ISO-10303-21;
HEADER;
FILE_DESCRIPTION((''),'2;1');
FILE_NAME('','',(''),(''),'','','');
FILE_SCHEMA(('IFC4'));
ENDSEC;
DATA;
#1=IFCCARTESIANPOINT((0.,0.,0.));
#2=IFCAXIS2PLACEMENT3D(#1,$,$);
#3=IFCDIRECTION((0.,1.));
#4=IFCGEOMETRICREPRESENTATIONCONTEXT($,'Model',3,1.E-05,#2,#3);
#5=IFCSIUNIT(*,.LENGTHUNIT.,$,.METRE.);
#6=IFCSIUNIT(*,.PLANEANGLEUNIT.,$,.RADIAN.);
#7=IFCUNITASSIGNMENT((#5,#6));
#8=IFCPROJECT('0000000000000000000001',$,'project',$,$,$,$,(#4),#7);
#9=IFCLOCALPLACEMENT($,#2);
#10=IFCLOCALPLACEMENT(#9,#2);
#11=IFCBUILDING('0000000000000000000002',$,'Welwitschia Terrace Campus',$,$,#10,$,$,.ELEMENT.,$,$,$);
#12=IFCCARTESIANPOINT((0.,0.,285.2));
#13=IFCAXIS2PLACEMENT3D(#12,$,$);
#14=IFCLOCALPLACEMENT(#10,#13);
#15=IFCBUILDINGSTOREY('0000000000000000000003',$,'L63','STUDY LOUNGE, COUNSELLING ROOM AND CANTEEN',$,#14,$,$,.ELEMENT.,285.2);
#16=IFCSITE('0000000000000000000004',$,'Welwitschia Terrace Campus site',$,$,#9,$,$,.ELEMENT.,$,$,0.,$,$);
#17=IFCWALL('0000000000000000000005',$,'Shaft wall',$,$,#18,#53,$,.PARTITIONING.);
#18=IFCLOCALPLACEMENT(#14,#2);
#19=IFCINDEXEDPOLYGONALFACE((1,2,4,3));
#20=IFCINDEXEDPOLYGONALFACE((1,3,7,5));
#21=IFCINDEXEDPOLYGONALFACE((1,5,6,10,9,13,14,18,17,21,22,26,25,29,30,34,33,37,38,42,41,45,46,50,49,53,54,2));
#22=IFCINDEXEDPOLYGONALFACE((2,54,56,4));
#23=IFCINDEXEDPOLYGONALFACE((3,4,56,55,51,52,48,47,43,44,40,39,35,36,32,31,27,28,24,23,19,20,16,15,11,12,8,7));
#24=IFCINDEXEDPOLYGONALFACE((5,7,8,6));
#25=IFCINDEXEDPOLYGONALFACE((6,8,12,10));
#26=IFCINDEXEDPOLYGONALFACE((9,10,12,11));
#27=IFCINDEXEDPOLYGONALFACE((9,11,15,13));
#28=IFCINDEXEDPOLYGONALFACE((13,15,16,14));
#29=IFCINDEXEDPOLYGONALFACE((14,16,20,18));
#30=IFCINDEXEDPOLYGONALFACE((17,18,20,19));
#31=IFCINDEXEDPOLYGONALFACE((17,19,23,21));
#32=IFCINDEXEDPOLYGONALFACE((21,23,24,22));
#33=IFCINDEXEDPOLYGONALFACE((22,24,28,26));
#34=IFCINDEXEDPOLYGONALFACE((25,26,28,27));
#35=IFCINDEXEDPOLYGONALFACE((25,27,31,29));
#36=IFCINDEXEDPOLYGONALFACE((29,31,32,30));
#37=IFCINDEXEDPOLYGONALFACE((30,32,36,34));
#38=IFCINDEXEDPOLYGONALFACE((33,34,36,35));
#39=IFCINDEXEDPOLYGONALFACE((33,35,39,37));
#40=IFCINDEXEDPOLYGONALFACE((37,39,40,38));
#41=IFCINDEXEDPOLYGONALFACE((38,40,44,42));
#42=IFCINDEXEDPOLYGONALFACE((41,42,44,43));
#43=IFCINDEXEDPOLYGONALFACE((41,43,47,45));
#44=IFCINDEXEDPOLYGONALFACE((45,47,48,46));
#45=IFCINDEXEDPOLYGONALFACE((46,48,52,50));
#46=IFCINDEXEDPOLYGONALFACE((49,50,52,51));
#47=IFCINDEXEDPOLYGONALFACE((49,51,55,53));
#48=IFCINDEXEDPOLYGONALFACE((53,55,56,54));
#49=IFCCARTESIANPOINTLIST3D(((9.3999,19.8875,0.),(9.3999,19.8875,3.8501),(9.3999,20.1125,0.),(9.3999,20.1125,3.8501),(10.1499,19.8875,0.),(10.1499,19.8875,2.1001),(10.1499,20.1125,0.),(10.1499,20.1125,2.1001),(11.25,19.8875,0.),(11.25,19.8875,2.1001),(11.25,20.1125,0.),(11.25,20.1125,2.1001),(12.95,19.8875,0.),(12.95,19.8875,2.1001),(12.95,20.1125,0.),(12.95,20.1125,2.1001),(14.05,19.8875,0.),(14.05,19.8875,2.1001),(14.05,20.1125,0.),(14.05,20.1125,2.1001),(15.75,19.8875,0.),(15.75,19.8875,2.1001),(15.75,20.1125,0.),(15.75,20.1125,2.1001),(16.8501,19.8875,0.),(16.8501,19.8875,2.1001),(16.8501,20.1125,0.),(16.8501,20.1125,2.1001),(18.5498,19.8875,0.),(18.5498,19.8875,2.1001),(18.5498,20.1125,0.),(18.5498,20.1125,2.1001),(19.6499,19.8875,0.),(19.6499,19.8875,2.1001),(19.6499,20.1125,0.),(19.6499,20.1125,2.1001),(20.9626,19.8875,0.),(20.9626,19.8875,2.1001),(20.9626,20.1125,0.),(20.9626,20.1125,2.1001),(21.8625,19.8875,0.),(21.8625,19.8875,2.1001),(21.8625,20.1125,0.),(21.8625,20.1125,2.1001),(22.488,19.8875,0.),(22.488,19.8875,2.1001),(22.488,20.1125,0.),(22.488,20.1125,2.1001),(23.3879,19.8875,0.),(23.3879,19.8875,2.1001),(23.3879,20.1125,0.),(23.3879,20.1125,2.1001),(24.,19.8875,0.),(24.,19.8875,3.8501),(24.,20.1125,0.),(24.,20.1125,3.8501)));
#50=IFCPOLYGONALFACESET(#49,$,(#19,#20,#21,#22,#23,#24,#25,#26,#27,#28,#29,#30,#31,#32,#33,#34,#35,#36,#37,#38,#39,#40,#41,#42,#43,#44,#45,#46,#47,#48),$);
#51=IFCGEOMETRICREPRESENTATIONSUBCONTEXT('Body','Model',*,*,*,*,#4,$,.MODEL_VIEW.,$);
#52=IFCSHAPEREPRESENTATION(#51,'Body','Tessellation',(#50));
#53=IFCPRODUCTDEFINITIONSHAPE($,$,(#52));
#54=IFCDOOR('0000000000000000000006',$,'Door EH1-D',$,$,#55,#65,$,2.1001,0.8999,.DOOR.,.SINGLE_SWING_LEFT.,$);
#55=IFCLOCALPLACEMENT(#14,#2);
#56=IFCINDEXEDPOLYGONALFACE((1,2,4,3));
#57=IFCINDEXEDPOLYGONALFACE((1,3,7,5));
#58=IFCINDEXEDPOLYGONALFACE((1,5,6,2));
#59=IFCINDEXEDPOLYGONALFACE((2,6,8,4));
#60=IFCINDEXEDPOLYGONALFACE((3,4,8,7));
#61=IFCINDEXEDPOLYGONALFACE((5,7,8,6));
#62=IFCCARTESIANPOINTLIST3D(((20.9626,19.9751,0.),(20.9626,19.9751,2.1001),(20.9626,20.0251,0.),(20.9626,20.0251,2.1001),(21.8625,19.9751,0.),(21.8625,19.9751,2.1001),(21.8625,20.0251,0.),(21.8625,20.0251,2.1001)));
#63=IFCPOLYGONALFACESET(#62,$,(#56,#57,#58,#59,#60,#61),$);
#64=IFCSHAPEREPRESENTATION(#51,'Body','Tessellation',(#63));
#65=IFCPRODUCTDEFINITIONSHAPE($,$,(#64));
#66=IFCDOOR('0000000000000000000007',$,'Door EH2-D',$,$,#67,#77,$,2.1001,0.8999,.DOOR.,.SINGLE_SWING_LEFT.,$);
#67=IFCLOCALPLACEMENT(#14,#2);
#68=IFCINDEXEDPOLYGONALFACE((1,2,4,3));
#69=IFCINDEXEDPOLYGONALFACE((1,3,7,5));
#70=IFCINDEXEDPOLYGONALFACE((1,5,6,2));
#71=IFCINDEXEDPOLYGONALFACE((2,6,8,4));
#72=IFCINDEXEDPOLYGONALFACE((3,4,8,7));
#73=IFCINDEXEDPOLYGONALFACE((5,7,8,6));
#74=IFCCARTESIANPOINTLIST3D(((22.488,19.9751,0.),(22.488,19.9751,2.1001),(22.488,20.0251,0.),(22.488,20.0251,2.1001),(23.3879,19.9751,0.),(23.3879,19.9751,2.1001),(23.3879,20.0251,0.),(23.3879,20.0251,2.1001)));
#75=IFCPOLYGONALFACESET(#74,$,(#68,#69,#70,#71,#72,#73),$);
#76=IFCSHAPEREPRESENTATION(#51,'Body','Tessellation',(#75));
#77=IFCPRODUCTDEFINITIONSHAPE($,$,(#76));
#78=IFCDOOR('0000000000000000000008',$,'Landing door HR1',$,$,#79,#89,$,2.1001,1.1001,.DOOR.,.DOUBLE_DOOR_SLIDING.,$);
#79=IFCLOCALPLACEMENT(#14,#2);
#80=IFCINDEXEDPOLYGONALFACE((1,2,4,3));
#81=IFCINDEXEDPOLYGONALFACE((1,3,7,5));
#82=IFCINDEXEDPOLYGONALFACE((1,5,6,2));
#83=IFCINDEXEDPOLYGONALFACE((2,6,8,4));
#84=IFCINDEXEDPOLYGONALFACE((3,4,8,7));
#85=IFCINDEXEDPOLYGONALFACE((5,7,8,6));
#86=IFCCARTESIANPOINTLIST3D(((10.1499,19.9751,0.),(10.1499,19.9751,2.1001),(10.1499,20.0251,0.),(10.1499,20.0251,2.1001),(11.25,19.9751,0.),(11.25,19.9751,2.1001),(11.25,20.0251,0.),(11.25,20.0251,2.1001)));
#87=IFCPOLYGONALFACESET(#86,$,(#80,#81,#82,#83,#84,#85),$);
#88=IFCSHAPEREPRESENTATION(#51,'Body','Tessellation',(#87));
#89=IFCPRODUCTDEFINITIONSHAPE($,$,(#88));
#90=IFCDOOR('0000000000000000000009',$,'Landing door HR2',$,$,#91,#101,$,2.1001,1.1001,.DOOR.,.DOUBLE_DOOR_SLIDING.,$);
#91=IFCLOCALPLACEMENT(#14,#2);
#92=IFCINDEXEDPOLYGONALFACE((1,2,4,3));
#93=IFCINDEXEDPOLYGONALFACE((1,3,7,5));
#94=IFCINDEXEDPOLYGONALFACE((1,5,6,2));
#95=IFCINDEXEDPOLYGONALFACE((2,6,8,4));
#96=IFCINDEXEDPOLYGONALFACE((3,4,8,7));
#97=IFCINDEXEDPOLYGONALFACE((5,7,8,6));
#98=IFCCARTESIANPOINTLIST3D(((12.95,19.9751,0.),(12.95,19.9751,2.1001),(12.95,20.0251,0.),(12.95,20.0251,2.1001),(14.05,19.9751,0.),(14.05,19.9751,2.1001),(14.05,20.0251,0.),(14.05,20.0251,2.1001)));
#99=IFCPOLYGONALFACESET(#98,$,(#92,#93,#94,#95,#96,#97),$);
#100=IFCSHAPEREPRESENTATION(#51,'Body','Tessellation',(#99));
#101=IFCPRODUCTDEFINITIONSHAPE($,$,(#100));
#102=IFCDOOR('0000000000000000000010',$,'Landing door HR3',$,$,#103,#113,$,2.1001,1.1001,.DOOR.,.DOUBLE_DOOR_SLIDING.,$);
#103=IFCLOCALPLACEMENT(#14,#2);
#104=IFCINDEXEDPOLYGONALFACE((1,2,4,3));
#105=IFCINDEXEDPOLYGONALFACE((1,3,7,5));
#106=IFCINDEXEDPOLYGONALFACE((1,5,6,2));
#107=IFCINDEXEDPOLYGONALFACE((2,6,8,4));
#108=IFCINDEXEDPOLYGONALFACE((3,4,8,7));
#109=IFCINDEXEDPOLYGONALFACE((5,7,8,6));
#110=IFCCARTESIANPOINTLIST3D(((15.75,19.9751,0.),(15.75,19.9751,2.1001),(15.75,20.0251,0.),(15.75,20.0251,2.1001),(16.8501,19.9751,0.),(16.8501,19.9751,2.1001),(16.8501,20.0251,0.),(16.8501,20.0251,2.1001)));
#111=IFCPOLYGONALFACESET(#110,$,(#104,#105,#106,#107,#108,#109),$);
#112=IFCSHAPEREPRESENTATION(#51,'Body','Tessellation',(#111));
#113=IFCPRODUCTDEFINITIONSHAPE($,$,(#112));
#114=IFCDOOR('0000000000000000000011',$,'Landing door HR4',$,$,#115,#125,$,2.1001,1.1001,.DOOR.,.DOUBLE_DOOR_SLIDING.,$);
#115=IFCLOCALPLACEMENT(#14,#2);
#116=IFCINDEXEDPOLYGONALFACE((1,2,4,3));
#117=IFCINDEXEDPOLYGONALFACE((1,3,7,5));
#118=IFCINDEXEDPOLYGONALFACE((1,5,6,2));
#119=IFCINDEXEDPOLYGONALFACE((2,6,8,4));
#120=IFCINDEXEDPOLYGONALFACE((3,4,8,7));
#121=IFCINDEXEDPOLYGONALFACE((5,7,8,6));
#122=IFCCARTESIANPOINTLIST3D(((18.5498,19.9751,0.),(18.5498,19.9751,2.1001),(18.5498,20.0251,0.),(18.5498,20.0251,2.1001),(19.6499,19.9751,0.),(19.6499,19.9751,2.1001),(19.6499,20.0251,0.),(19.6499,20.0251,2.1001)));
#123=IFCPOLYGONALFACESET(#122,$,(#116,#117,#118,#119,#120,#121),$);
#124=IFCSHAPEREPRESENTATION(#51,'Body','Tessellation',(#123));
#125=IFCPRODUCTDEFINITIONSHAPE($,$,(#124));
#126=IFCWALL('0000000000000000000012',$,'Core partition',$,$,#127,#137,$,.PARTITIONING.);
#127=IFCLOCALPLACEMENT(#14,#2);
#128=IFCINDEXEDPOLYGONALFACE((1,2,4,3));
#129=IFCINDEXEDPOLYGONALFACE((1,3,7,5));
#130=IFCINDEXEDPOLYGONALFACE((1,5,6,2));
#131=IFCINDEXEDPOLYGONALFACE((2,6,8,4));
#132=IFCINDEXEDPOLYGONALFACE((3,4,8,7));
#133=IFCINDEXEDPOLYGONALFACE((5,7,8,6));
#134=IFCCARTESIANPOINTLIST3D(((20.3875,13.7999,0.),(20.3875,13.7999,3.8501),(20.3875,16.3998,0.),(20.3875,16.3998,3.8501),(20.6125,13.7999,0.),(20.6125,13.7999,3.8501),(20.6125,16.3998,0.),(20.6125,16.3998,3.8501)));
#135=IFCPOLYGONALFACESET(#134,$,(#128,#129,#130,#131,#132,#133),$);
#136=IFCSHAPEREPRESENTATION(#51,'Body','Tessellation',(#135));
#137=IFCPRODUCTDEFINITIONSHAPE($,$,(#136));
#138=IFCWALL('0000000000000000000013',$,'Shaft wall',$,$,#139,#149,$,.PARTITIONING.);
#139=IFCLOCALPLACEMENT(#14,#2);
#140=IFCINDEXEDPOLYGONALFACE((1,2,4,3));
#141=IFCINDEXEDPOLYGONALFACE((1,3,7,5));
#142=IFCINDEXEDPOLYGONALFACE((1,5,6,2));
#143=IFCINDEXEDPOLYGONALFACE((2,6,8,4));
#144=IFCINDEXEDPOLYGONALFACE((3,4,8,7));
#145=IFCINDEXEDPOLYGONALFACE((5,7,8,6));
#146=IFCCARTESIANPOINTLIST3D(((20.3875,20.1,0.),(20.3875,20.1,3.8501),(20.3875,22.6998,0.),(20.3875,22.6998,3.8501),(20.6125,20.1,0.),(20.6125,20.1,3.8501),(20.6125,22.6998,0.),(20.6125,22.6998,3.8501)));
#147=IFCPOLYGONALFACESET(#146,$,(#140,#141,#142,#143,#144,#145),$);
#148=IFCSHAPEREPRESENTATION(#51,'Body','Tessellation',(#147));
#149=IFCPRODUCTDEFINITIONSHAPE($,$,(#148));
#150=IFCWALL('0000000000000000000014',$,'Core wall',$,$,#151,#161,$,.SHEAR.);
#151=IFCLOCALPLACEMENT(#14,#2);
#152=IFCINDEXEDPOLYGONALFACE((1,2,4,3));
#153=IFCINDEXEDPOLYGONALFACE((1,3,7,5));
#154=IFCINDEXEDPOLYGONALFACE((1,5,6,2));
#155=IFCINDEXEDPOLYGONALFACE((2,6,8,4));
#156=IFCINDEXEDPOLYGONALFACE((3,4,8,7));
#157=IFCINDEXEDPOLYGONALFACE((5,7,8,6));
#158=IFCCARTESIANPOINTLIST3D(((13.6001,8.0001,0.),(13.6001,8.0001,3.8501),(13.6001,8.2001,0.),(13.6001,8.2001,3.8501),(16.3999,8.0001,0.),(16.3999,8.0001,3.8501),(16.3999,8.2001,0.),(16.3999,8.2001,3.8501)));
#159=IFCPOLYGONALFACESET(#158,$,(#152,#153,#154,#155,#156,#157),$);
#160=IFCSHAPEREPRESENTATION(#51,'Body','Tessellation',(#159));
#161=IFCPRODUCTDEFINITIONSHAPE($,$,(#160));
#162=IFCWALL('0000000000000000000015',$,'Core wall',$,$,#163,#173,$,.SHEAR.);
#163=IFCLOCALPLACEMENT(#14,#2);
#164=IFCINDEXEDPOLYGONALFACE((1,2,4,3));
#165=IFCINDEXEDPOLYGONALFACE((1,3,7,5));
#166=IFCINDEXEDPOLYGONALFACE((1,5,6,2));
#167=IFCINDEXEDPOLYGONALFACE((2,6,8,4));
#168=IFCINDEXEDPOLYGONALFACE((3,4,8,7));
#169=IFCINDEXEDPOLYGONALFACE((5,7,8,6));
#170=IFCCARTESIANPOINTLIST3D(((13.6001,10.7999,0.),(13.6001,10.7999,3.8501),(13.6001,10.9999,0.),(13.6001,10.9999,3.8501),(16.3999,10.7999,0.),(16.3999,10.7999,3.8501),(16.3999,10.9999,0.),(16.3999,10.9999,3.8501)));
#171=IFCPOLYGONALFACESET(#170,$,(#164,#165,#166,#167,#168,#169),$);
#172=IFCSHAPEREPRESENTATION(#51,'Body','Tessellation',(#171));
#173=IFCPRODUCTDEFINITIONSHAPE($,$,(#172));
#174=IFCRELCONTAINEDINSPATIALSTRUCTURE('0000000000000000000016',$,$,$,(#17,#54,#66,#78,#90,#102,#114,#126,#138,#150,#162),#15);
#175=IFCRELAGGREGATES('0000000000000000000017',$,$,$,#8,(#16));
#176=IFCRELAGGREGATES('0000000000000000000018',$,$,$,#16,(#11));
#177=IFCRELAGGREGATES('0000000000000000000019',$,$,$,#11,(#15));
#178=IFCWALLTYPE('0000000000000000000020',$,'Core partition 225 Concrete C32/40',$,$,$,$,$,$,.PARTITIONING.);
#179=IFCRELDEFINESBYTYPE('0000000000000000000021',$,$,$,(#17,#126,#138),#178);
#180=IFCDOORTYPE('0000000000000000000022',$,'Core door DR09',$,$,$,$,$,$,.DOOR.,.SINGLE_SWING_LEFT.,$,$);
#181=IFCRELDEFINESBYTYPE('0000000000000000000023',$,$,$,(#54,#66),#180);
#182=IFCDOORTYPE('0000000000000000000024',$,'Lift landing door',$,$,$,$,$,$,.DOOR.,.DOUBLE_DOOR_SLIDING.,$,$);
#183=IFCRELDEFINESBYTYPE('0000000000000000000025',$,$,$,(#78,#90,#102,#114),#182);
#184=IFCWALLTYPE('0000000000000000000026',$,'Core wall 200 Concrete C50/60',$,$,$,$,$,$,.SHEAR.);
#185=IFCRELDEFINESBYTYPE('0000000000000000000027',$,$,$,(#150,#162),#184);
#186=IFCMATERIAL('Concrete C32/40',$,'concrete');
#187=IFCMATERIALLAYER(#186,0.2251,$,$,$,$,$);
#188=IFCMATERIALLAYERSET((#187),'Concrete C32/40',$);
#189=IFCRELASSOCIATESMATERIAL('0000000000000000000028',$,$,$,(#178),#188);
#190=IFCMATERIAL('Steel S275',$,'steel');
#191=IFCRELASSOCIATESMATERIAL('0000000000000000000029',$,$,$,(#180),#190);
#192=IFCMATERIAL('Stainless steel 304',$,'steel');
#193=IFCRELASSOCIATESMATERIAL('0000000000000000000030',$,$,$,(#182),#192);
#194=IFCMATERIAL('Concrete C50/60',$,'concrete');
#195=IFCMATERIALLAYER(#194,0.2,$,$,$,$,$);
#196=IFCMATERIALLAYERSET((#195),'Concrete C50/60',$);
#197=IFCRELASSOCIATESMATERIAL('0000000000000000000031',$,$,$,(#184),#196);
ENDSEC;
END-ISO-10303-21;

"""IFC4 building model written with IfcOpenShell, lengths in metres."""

from ifc_helpers import new_model, si_unit, direction, frame, frame_2d, origin, place, context, subcontext, project, spatial, rectangle, extrude, material, layer, layer_set, type_object, element, fill, save


model = new_model("IFC4")

# Units and contexts
model_context = context("Model", 3, precision=1e-05, world=origin(), true_north=direction((0.0, 1.0)))
body_context = subcontext(model_context, "Body", "Model", "MODEL_VIEW")
ifc_project = project(units=[si_unit("LENGTHUNIT", "METRE"), si_unit("PLANEANGLEUNIT", "RADIAN")], contexts=[model_context])

# Site, building, storey
site_placement = place(None, origin())
site = spatial("IfcSite", under=ifc_project, at=site_placement, Name="Welwitschia Terrace Campus site", CompositionType="ELEMENT", RefElevation=0.0)
building_placement = place(site_placement, origin())
building = spatial("IfcBuilding", under=site, at=building_placement, Name="Welwitschia Terrace Campus", CompositionType="ELEMENT")
storey_placement = place(building_placement, frame((0.0, 0.0, 285.2)))
storey = spatial("IfcBuildingStorey", under=building, at=storey_placement, Name="L63", Description="STUDY LOUNGE, COUNSELLING ROOM AND CANTEEN", CompositionType="ELEMENT", Elevation=285.2)

# Shared definitions
ifc_material_1 = material(Name="Concrete C32/40", Category="concrete")
ifc_layer_1 = layer(ifc_material_1, 0.2251)
ifc_layer_set_1 = layer_set([ifc_layer_1], Name="Concrete C32/40")
wall_type_1 = type_object("IfcWallType", Name="Core partition 225 Concrete C32/40", PredefinedType="PARTITIONING", material=ifc_layer_set_1)

# Wall, openings, doors
wall_1_placement = place(storey_placement, frame((24.0, 20.0, 0.0), z_axis=(0.0, 0.0, 1.0), x_axis=(-1.0, 0.0, 0.0)))
wall_1 = element("IfcWall", 1, at=wall_1_placement, inside=storey, type_object=wall_type_1, Name="Shaft wall", PredefinedType="PARTITIONING", context=body_context, shape_type="SweptSolid", body=[
    extrude(rectangle(XDim=14.6001, YDim=0.2251, at=frame_2d((7.3, 0.0))), origin(), (0.0, 0.0, 1.0), 3.8501),
])
opening_1_placement = place(wall_1_placement, frame((12.75, 0.0, 0.0)))
opening_1 = element("IfcOpeningElement", 2, at=opening_1_placement, cuts=wall_1, PredefinedType="OPENING", context=body_context, shape_type="SweptSolid", body=[
    extrude(rectangle(XDim=1.1001, YDim=2.1001, at=frame_2d((0.55, 1.05))), frame((0.0, 0.1226, 0.0), z_axis=(0.0, -1.0, 0.0), x_axis=(1.0, 0.0, 0.0)), (0.0, 0.0, 1.0), 0.2451),
])
opening_2_placement = place(wall_1_placement, frame((9.95, 0.0, 0.0)))
opening_2 = element("IfcOpeningElement", 3, at=opening_2_placement, cuts=wall_1, PredefinedType="OPENING", context=body_context, shape_type="SweptSolid", body=[
    extrude(rectangle(XDim=1.1001, YDim=2.1001, at=frame_2d((0.55, 1.05))), frame((0.0, 0.1226, 0.0), z_axis=(0.0, -1.0, 0.0), x_axis=(1.0, 0.0, 0.0)), (0.0, 0.0, 1.0), 0.2451),
])
opening_3_placement = place(wall_1_placement, frame((7.1499, 0.0, 0.0)))
opening_3 = element("IfcOpeningElement", 4, at=opening_3_placement, cuts=wall_1, PredefinedType="OPENING", context=body_context, shape_type="SweptSolid", body=[
    extrude(rectangle(XDim=1.1001, YDim=2.1001, at=frame_2d((0.55, 1.05))), frame((0.0, 0.1226, 0.0), z_axis=(0.0, -1.0, 0.0), x_axis=(1.0, 0.0, 0.0)), (0.0, 0.0, 1.0), 0.2451),
])
opening_4_placement = place(wall_1_placement, frame((4.3501, 0.0, 0.0)))
opening_4 = element("IfcOpeningElement", 5, at=opening_4_placement, cuts=wall_1, PredefinedType="OPENING", context=body_context, shape_type="SweptSolid", body=[
    extrude(rectangle(XDim=1.1001, YDim=2.1001, at=frame_2d((0.55, 1.05))), frame((0.0, 0.1226, 0.0), z_axis=(0.0, -1.0, 0.0), x_axis=(1.0, 0.0, 0.0)), (0.0, 0.0, 1.0), 0.2451),
])
opening_5_placement = place(wall_1_placement, frame((2.1375, 0.0, 0.0)))
opening_5 = element("IfcOpeningElement", 6, at=opening_5_placement, cuts=wall_1, PredefinedType="OPENING", context=body_context, shape_type="SweptSolid", body=[
    extrude(rectangle(XDim=0.8999, YDim=2.1001, at=frame_2d((0.45, 1.05))), frame((0.0, 0.1226, 0.0), z_axis=(0.0, -1.0, 0.0), x_axis=(1.0, 0.0, 0.0)), (0.0, 0.0, 1.0), 0.2451),
])
opening_6_placement = place(wall_1_placement, frame((0.6121, 0.0, 0.0)))
opening_6 = element("IfcOpeningElement", 7, at=opening_6_placement, cuts=wall_1, PredefinedType="OPENING", context=body_context, shape_type="SweptSolid", body=[
    extrude(rectangle(XDim=0.8999, YDim=2.1001, at=frame_2d((0.45, 1.05))), frame((0.0, 0.1226, 0.0), z_axis=(0.0, -1.0, 0.0), x_axis=(1.0, 0.0, 0.0)), (0.0, 0.0, 1.0), 0.2451),
])
ifc_material_2 = material(Name="Steel S275", Category="steel")
door_type_1 = type_object("IfcDoorType", Name="Core door DR09", OperationType="SINGLE_SWING_LEFT", PredefinedType="DOOR", material=ifc_material_2)
door_1_placement = place(opening_5_placement, origin())
door_1 = element("IfcDoor", 8, at=door_1_placement, inside=storey, type_object=door_type_1, Name="Door EH1-D", OperationType="SINGLE_SWING_LEFT", OverallHeight=2.1001, OverallWidth=0.8999, PredefinedType="DOOR", context=body_context, shape_type="SweptSolid", body=[
    extrude(rectangle(XDim=0.8999, YDim=2.1001, at=frame_2d((0.45, 1.05))), frame((0.0, 0.0249, 0.0), z_axis=(0.0, -1.0, 0.0), x_axis=(1.0, 0.0, 0.0)), (0.0, 0.0, 1.0), 0.05),
])
fill(opening_5, door_1)
door_2_placement = place(opening_6_placement, origin())
door_2 = element("IfcDoor", 9, at=door_2_placement, inside=storey, type_object=door_type_1, Name="Door EH2-D", OperationType="SINGLE_SWING_LEFT", OverallHeight=2.1001, OverallWidth=0.8999, PredefinedType="DOOR", context=body_context, shape_type="SweptSolid", body=[
    extrude(rectangle(XDim=0.8999, YDim=2.1001, at=frame_2d((0.45, 1.05))), frame((0.0, 0.0249, 0.0), z_axis=(0.0, -1.0, 0.0), x_axis=(1.0, 0.0, 0.0)), (0.0, 0.0, 1.0), 0.05),
])
fill(opening_6, door_2)
ifc_material_3 = material(Name="Stainless steel 304", Category="steel")
door_type_2 = type_object("IfcDoorType", Name="Lift landing door", OperationType="DOUBLE_DOOR_SLIDING", PredefinedType="DOOR", material=ifc_material_3)
door_3_placement = place(opening_1_placement, origin())
door_3 = element("IfcDoor", 10, at=door_3_placement, inside=storey, type_object=door_type_2, Name="Landing door HR1", OperationType="DOUBLE_DOOR_SLIDING", OverallHeight=2.1001, OverallWidth=1.1001, PredefinedType="DOOR", context=body_context, shape_type="SweptSolid", body=[
    extrude(rectangle(XDim=1.1001, YDim=2.1001, at=frame_2d((0.55, 1.05))), frame((0.0, 0.0249, 0.0), z_axis=(0.0, -1.0, 0.0), x_axis=(1.0, 0.0, 0.0)), (0.0, 0.0, 1.0), 0.05),
])
fill(opening_1, door_3)
door_4_placement = place(opening_2_placement, origin())
door_4 = element("IfcDoor", 11, at=door_4_placement, inside=storey, type_object=door_type_2, Name="Landing door HR2", OperationType="DOUBLE_DOOR_SLIDING", OverallHeight=2.1001, OverallWidth=1.1001, PredefinedType="DOOR", context=body_context, shape_type="SweptSolid", body=[
    extrude(rectangle(XDim=1.1001, YDim=2.1001, at=frame_2d((0.55, 1.05))), frame((0.0, 0.0249, 0.0), z_axis=(0.0, -1.0, 0.0), x_axis=(1.0, 0.0, 0.0)), (0.0, 0.0, 1.0), 0.05),
])
fill(opening_2, door_4)
door_5_placement = place(opening_3_placement, origin())
door_5 = element("IfcDoor", 12, at=door_5_placement, inside=storey, type_object=door_type_2, Name="Landing door HR3", OperationType="DOUBLE_DOOR_SLIDING", OverallHeight=2.1001, OverallWidth=1.1001, PredefinedType="DOOR", context=body_context, shape_type="SweptSolid", body=[
    extrude(rectangle(XDim=1.1001, YDim=2.1001, at=frame_2d((0.55, 1.05))), frame((0.0, 0.0249, 0.0), z_axis=(0.0, -1.0, 0.0), x_axis=(1.0, 0.0, 0.0)), (0.0, 0.0, 1.0), 0.05),
])
fill(opening_3, door_5)
door_6_placement = place(opening_4_placement, origin())
door_6 = element("IfcDoor", 13, at=door_6_placement, inside=storey, type_object=door_type_2, Name="Landing door HR4", OperationType="DOUBLE_DOOR_SLIDING", OverallHeight=2.1001, OverallWidth=1.1001, PredefinedType="DOOR", context=body_context, shape_type="SweptSolid", body=[
    extrude(rectangle(XDim=1.1001, YDim=2.1001, at=frame_2d((0.55, 1.05))), frame((0.0, 0.0249, 0.0), z_axis=(0.0, -1.0, 0.0), x_axis=(1.0, 0.0, 0.0)), (0.0, 0.0, 1.0), 0.05),
])
fill(opening_4, door_6)

# Walls
for number, where, z_axis, x_axis, name in (
    (14, (20.5, 13.8, 0.0), (0.0, 0.0, 1.0), (0.0, 1.0, 0.0), "Core partition"),
    (15, (20.5, 20.1001, 0.0), (0.0, 0.0, 1.0), (0.0, 1.0, 0.0), "Shaft wall"),
):
    element("IfcWall", number, at=place(storey_placement, frame(where, z_axis=z_axis, x_axis=x_axis)), inside=storey, type_object=wall_type_1, Name=name, PredefinedType="PARTITIONING", context=body_context, shape_type="SweptSolid", body=[
        extrude(rectangle(XDim=2.5999, YDim=0.2251, at=frame_2d((1.2998, 0.0))), origin(), (0.0, 0.0, 1.0), 3.8501),
    ])
ifc_material_4 = material(Name="Concrete C50/60", Category="concrete")
ifc_layer_2 = layer(ifc_material_4, 0.2)
ifc_layer_set_2 = layer_set([ifc_layer_2], Name="Concrete C50/60")
wall_type_2 = type_object("IfcWallType", Name="Core wall 200 Concrete C50/60", PredefinedType="SHEAR", material=ifc_layer_set_2)
for number, where, z_axis, x_axis, name in (
    (16, (13.6001, 8.1001, 0.0), (0.0, 0.0, 1.0), (1.0, 0.0, 0.0), "Core wall"),
    (17, (13.6001, 10.8999, 0.0), (0.0, 0.0, 1.0), (1.0, 0.0, 0.0), "Core wall"),
):
    element("IfcWall", number, at=place(storey_placement, frame(where, z_axis=z_axis, x_axis=x_axis)), inside=storey, type_object=wall_type_2, Name=name, PredefinedType="SHEAR", context=body_context, shape_type="SweptSolid", body=[
        extrude(rectangle(XDim=2.7998, YDim=0.2, at=frame_2d((1.3999, 0.0))), origin(), (0.0, 0.0, 1.0), 3.8501),
    ])

save(model, "model.ifc")
